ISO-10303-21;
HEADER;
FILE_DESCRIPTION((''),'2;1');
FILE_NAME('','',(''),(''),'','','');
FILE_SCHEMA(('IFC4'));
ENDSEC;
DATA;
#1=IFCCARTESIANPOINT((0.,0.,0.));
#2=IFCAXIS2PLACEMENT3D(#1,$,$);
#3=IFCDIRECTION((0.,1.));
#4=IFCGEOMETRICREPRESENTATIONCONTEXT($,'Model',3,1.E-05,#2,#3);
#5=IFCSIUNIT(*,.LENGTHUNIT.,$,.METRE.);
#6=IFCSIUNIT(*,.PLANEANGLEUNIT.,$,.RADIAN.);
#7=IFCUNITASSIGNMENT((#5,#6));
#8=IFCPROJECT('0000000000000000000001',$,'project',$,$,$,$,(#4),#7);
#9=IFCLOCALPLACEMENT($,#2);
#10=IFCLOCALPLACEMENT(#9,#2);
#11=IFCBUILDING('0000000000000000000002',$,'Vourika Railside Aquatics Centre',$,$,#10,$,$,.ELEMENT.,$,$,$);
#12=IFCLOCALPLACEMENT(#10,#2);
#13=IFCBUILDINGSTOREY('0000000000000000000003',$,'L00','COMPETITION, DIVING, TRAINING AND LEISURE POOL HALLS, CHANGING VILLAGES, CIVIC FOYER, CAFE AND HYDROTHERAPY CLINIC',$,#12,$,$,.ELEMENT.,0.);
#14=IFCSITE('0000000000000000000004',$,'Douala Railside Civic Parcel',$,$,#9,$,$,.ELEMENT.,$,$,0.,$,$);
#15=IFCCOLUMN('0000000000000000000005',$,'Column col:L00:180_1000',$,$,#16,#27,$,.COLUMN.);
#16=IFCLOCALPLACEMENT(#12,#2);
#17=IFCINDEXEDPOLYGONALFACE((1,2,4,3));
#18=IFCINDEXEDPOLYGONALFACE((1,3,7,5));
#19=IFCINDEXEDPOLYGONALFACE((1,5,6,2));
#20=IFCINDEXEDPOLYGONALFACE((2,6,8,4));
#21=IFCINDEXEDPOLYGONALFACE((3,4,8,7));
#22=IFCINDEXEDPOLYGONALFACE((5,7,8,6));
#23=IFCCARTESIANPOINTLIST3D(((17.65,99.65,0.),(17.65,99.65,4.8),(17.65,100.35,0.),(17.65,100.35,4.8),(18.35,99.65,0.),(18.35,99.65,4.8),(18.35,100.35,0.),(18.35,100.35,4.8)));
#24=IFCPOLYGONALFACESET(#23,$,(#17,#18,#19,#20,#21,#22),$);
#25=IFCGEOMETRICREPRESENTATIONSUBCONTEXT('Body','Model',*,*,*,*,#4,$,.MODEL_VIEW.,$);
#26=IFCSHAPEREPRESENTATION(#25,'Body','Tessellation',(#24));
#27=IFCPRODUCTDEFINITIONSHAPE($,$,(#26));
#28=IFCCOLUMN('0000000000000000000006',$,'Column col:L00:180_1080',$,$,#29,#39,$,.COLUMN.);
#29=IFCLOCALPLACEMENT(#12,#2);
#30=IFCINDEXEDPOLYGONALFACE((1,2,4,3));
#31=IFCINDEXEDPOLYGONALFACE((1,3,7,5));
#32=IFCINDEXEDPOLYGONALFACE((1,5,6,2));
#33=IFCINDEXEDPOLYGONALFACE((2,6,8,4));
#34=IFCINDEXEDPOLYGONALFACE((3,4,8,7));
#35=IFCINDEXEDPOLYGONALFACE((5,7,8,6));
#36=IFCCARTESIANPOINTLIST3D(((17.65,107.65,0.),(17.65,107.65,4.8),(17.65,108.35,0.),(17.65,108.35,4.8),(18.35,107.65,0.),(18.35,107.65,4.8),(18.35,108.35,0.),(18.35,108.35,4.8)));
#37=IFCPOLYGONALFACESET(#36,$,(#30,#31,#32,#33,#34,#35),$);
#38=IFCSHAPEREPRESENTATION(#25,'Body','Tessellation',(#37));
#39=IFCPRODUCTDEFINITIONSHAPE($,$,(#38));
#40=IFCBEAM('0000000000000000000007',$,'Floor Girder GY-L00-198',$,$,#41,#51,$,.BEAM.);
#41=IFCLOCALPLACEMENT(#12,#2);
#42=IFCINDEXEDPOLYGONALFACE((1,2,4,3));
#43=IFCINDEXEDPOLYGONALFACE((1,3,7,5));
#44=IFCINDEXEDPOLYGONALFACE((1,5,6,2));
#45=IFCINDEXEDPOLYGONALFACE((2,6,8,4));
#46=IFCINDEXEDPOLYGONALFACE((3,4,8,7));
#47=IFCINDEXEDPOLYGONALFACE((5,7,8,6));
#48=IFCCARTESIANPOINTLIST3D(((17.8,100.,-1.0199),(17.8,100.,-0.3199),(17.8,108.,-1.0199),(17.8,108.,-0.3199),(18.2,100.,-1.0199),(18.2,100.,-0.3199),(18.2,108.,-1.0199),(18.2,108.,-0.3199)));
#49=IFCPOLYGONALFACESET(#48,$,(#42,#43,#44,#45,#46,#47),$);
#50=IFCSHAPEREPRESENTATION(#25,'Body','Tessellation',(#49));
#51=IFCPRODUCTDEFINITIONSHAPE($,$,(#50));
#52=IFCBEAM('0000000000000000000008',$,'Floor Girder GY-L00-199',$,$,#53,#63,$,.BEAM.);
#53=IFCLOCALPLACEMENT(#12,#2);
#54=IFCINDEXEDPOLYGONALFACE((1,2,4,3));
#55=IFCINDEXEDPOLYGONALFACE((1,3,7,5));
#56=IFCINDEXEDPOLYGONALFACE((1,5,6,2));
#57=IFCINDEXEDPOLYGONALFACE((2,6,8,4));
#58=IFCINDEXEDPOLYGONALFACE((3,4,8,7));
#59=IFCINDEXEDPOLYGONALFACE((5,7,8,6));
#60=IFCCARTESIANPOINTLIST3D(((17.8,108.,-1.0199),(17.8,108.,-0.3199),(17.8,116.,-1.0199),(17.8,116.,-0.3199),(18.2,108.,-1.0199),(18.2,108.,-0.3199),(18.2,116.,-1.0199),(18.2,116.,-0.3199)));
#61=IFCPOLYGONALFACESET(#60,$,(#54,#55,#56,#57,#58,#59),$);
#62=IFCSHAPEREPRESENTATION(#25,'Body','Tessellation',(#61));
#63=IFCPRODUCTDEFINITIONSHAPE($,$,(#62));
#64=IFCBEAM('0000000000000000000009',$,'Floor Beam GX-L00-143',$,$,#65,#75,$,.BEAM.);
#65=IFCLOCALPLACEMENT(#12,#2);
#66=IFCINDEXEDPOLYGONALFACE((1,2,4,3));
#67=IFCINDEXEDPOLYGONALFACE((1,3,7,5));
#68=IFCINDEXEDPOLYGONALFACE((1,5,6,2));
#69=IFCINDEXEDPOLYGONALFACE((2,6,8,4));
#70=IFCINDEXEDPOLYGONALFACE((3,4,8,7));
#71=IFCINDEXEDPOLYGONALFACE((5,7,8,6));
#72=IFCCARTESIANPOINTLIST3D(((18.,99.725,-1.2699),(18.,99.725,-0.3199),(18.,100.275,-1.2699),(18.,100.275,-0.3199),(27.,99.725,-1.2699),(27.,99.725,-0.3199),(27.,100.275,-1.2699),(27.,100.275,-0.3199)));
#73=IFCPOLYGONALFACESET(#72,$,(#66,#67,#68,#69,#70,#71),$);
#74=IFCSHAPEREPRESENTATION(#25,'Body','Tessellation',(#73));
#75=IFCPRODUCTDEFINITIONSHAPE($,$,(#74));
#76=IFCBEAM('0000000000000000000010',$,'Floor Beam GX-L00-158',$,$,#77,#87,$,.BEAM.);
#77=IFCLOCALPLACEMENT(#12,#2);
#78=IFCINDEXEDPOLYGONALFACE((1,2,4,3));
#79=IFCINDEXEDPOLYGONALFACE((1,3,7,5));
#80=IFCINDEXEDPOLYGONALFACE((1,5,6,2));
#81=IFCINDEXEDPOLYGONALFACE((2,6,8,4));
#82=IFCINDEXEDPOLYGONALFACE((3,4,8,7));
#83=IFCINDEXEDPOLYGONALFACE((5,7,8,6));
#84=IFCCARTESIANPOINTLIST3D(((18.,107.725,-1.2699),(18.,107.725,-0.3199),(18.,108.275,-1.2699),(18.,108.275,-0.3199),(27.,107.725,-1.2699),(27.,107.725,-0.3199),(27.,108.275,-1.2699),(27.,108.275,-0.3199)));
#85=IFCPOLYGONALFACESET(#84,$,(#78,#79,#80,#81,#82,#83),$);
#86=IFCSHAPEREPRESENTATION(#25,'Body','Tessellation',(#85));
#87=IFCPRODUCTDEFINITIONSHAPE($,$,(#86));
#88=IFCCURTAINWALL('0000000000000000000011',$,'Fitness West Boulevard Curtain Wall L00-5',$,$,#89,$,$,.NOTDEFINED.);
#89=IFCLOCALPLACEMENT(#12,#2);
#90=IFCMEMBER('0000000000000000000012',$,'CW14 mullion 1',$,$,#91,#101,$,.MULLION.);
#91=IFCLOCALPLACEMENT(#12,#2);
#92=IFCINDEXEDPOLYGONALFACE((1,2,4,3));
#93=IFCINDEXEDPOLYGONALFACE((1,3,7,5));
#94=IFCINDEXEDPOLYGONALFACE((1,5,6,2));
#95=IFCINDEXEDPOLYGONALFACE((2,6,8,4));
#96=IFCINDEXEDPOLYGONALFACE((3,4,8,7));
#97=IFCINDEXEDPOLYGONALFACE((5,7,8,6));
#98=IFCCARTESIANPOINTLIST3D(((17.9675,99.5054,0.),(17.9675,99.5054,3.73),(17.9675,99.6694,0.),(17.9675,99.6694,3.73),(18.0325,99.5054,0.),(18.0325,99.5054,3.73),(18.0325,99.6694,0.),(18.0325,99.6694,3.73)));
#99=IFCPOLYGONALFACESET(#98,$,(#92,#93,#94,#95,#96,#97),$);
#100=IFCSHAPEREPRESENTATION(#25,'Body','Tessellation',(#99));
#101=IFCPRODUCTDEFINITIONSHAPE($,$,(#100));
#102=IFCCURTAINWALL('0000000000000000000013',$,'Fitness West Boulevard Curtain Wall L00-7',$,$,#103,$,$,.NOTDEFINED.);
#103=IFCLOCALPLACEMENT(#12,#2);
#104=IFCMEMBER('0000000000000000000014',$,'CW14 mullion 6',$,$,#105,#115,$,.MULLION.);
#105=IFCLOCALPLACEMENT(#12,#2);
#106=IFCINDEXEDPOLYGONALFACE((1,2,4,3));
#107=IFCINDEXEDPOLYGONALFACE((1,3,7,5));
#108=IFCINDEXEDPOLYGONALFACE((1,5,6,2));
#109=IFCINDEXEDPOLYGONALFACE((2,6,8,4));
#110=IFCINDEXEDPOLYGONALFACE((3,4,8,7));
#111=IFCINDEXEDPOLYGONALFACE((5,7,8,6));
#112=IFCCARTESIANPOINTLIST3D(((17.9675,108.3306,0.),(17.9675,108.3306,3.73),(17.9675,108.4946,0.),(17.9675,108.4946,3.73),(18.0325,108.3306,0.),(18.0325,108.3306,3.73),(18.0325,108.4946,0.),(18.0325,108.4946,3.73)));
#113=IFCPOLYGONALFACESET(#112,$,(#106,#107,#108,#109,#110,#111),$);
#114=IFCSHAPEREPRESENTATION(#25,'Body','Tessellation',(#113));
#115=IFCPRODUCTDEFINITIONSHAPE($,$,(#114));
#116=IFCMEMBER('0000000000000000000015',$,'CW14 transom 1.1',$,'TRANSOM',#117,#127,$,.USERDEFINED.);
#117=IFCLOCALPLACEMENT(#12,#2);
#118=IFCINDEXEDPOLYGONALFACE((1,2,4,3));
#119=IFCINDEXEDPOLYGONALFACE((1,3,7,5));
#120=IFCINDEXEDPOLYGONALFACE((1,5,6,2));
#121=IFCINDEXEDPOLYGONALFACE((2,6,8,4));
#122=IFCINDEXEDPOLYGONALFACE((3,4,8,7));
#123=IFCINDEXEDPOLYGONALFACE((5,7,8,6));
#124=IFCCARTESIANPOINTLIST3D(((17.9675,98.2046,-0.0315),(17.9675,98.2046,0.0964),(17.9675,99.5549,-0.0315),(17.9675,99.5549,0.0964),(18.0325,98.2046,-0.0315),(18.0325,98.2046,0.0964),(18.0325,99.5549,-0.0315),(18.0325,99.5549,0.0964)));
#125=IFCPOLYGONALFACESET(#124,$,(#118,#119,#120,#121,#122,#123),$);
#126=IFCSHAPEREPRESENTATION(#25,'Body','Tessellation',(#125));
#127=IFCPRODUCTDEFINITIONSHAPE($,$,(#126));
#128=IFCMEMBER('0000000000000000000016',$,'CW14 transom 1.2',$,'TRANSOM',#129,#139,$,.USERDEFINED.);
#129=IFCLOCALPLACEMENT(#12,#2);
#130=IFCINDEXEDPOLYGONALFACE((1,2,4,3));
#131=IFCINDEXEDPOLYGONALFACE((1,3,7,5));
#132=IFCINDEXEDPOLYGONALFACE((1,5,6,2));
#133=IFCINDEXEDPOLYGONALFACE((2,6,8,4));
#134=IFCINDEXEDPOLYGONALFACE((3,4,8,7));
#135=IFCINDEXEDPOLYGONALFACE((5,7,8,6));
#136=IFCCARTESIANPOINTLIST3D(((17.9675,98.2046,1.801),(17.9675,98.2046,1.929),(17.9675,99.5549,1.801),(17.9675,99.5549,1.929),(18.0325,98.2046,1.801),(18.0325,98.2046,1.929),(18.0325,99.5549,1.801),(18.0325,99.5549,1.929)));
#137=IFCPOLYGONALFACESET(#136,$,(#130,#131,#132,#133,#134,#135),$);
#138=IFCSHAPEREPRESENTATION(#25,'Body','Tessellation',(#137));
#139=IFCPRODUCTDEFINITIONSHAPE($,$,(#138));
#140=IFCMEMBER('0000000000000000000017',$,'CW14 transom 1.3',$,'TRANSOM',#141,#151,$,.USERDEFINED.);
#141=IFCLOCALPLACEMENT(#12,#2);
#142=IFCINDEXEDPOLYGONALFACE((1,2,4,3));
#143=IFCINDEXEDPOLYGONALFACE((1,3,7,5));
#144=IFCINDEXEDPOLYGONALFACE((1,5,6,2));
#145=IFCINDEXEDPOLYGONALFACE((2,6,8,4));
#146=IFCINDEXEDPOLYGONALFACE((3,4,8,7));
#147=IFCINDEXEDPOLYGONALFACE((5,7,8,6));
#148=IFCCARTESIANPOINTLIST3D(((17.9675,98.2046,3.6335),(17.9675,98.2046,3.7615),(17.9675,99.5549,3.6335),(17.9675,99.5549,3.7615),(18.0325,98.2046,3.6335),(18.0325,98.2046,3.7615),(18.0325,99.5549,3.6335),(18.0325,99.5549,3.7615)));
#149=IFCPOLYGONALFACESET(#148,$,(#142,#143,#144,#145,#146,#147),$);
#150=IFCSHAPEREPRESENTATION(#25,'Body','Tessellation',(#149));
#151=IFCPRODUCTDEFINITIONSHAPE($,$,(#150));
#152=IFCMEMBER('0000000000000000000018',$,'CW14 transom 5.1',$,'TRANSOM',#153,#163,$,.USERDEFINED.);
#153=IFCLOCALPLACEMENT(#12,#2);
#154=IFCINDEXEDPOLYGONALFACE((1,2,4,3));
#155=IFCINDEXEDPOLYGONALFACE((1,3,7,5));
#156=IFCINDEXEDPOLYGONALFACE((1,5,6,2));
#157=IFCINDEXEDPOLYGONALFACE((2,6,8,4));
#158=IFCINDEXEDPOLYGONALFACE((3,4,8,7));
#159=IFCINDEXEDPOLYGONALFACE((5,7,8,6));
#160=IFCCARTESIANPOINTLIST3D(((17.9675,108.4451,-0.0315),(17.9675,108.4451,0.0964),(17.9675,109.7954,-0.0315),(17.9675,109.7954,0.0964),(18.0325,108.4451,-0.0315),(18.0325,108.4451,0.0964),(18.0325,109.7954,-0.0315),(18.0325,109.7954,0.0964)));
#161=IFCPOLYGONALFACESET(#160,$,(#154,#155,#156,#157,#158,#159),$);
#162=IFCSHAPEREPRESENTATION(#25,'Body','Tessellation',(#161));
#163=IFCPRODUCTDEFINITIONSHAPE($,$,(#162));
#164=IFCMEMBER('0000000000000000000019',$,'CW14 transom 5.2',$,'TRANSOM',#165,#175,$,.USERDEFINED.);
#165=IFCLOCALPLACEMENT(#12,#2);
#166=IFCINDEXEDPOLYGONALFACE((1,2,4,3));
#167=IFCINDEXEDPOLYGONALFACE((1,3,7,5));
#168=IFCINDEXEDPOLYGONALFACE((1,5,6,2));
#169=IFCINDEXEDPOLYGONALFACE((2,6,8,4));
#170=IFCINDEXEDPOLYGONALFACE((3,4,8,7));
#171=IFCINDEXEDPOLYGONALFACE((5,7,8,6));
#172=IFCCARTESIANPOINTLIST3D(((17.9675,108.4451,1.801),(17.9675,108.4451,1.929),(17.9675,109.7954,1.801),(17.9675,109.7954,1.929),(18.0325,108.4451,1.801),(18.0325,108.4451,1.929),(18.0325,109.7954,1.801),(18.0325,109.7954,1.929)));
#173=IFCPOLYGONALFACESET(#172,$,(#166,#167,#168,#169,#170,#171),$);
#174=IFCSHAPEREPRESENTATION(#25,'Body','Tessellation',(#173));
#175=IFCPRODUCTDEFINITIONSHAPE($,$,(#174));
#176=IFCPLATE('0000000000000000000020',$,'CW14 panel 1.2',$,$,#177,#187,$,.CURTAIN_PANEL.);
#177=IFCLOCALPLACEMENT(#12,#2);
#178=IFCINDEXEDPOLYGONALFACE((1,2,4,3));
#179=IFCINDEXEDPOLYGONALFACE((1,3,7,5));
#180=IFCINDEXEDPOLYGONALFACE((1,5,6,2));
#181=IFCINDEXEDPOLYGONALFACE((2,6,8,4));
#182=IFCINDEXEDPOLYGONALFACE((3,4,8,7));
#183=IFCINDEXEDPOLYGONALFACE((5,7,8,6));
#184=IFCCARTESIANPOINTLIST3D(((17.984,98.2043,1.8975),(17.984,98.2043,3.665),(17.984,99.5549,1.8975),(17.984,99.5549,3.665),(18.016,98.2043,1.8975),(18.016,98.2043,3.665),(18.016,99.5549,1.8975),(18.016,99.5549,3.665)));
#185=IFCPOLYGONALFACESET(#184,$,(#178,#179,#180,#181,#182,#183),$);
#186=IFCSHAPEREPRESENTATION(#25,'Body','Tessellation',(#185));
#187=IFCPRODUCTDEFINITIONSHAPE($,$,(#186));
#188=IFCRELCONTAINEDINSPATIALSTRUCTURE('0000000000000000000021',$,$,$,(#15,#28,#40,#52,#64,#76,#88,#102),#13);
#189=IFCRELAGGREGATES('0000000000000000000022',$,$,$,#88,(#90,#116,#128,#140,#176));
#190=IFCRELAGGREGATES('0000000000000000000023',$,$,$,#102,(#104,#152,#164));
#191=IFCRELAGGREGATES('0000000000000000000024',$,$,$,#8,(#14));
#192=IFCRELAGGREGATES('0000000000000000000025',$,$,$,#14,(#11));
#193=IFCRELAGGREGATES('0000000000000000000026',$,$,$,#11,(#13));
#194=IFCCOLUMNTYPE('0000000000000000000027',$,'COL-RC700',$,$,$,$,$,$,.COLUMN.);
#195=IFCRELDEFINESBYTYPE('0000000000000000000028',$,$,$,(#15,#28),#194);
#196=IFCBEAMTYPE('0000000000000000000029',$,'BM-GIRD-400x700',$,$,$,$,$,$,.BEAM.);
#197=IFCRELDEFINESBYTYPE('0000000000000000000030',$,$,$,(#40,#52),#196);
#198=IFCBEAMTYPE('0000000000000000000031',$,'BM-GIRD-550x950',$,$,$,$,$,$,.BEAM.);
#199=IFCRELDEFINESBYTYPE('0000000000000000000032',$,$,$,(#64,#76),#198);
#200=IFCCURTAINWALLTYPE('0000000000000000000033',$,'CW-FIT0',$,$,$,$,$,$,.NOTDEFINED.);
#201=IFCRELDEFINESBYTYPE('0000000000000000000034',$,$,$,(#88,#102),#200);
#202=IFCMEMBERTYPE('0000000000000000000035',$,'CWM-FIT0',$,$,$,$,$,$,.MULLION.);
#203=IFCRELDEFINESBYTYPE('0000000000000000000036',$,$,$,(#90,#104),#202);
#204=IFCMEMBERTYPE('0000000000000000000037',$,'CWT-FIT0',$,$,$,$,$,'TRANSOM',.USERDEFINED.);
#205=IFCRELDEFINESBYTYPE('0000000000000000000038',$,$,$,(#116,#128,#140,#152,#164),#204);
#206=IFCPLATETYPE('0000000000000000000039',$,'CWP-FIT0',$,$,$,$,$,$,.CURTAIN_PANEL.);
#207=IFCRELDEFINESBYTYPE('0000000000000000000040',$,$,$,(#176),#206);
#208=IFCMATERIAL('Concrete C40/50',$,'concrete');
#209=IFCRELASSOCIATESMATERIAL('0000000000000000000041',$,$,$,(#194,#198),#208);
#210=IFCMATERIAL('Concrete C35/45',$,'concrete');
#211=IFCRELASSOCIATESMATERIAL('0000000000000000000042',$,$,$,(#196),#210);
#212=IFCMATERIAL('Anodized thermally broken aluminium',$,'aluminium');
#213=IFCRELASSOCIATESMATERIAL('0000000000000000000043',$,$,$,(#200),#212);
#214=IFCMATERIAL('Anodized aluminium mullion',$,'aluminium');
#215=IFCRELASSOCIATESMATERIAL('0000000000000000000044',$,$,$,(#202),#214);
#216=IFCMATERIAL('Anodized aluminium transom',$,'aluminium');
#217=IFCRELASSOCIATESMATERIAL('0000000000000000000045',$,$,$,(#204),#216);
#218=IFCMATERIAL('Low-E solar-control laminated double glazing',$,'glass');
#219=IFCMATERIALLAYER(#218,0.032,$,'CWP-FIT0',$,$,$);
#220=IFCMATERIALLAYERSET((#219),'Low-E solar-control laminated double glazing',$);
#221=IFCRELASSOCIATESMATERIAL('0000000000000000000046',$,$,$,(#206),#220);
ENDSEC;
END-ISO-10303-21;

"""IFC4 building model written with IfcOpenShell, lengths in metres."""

from ifc_helpers import new_model, si_unit, direction, frame, origin, origin_2d, place, context, subcontext, project, spatial, rectangle, extrude, material, layer, layer_set, material_profile, profile_set, type_object, element, aggregate, save


model = new_model("IFC4")

# Units and contexts
model_context = context("Model", 3, precision=1e-05, world=origin(), true_north=direction((0.0, 1.0)))
body_context = subcontext(model_context, "Body", "Model", "MODEL_VIEW")
ifc_project = project(units=[si_unit("LENGTHUNIT", "METRE"), si_unit("PLANEANGLEUNIT", "RADIAN")], contexts=[model_context])

# Site, building, storey
site_placement = place(None, origin())
site = spatial("IfcSite", under=ifc_project, at=site_placement, Name="Douala Railside Civic Parcel", CompositionType="ELEMENT", RefElevation=0.0)
building_placement = place(site_placement, origin())
building = spatial("IfcBuilding", under=site, at=building_placement, Name="Vourika Railside Aquatics Centre", CompositionType="ELEMENT")
storey_placement = place(building_placement, origin())
storey = spatial("IfcBuildingStorey", under=building, at=storey_placement, Name="L00", Description="COMPETITION, DIVING, TRAINING AND LEISURE POOL HALLS, CHANGING VILLAGES, CIVIC FOYER, CAFE AND HYDROTHERAPY CLINIC", CompositionType="ELEMENT", Elevation=0.0)

# Columns
ifc_material_1 = material(Name="Concrete C40/50", Category="concrete")
ifc_material_profile_1 = material_profile(ifc_material_1, rectangle(XDim=0.7, YDim=0.7, at=origin_2d()), Name="RC 700x700")
ifc_profile_set_1 = profile_set([ifc_material_profile_1], Name="Concrete C40/50")
column_type = type_object("IfcColumnType", Name="COL-RC700", PredefinedType="COLUMN", material=ifc_profile_set_1)
for number, where, z_axis, x_axis, name in (
    (1, (18.0, 100.0, 0.0), (0.0, 0.0, 1.0), (1.0, 0.0, 0.0), "Column col:L00:180_1000"),
    (2, (18.0, 108.0, 0.0), (0.0, 0.0, 1.0), (1.0, 0.0, 0.0), "Column col:L00:180_1080"),
):
    element("IfcColumn", number, at=place(storey_placement, frame(where, z_axis=z_axis, x_axis=x_axis)), inside=storey, type_object=column_type, Name=name, PredefinedType="COLUMN", context=body_context, shape_type="SweptSolid", body=[
        extrude(rectangle(XDim=0.7, YDim=0.7, at=origin_2d()), origin(), (0.0, 0.0, 1.0), 4.8),
    ])

# Beams
ifc_material_2 = material(Name="Concrete C35/45", Category="concrete")
ifc_material_profile_2 = material_profile(ifc_material_2, rectangle(XDim=0.3999, YDim=0.7, at=origin_2d()), Name="RC 400x700")
ifc_profile_set_2 = profile_set([ifc_material_profile_2], Name="Concrete C35/45")
beam_type_1 = type_object("IfcBeamType", Name="BM-GIRD-400x700", PredefinedType="BEAM", material=ifc_profile_set_2)
for number, where, z_axis, x_axis, name in (
    (3, (18.0, 100.0, -0.6699), (0.0, 1.0, 0.0), (-1.0, 0.0, 0.0), "Floor Girder GY-L00-198"),
    (4, (18.0, 108.0, -0.6699), (0.0, 1.0, 0.0), (-1.0, 0.0, 0.0), "Floor Girder GY-L00-199"),
):
    element("IfcBeam", number, at=place(storey_placement, frame(where, z_axis=z_axis, x_axis=x_axis)), inside=storey, type_object=beam_type_1, Name=name, PredefinedType="BEAM", context=body_context, shape_type="SweptSolid", body=[
        extrude(rectangle(XDim=0.3999, YDim=0.7, at=origin_2d()), origin(), (0.0, 0.0, 1.0), 8.0),
    ])
ifc_material_profile_3 = material_profile(ifc_material_1, rectangle(XDim=0.55, YDim=0.95, at=origin_2d()), Name="RC 550x950")
ifc_profile_set_3 = profile_set([ifc_material_profile_3], Name="Concrete C40/50")
beam_type_2 = type_object("IfcBeamType", Name="BM-GIRD-550x950", PredefinedType="BEAM", material=ifc_profile_set_3)
for number, where, z_axis, x_axis, name in (
    (5, (18.0, 100.0, -0.7949), (1.0, 0.0, 0.0), (0.0, 1.0, 0.0), "Floor Beam GX-L00-143"),
    (6, (18.0, 108.0, -0.7949), (1.0, 0.0, 0.0), (0.0, 1.0, 0.0), "Floor Beam GX-L00-158"),
):
    element("IfcBeam", number, at=place(storey_placement, frame(where, z_axis=z_axis, x_axis=x_axis)), inside=storey, type_object=beam_type_2, Name=name, PredefinedType="BEAM", context=body_context, shape_type="SweptSolid", body=[
        extrude(rectangle(XDim=0.55, YDim=0.95, at=origin_2d()), origin(), (0.0, 0.0, 1.0), 9.0),
    ])

# Curtain walls, members
ifc_material_3 = material(Name="Anodized thermally broken aluminium", Category="aluminium")
curtain_wall_type = type_object("IfcCurtainWallType", Name="CW-FIT0", PredefinedType="NOTDEFINED", material=ifc_material_3)
curtain_wall_1_placement = place(storey_placement, origin())
curtain_wall_1 = element("IfcCurtainWall", 7, at=curtain_wall_1_placement, inside=storey, type_object=curtain_wall_type, Name="Fitness West Boulevard Curtain Wall L00-5", PredefinedType="NOTDEFINED")
ifc_material_4 = material(Name="Anodized aluminium mullion", Category="aluminium")
ifc_material_profile_4 = material_profile(ifc_material_4, rectangle(XDim=0.0649, YDim=0.1641, at=origin_2d()), Name="ALU-M 65x164")
ifc_profile_set_4 = profile_set([ifc_material_profile_4], Name="Anodized aluminium mullion")
member_type_1 = type_object("IfcMemberType", Name="CWM-FIT0", PredefinedType="MULLION", material=ifc_profile_set_4)
member_1_placement = place(storey_placement, frame((18.0, 99.5874, 0.0), z_axis=(0.0, 0.0, 1.0), x_axis=(1.0, 0.0, 0.0)))
member_1 = element("IfcMember", 8, at=member_1_placement, type_object=member_type_1, Name="CW14 mullion 1", PredefinedType="MULLION", context=body_context, shape_type="SweptSolid", body=[
    extrude(rectangle(XDim=0.0649, YDim=0.1641, at=origin_2d()), origin(), (0.0, 0.0, 1.0), 3.73),
])
curtain_wall_2_placement = place(storey_placement, origin())
curtain_wall_2 = element("IfcCurtainWall", 9, at=curtain_wall_2_placement, inside=storey, type_object=curtain_wall_type, Name="Fitness West Boulevard Curtain Wall L00-7", PredefinedType="NOTDEFINED")
member_2_placement = place(storey_placement, frame((18.0, 108.4126, 0.0), z_axis=(0.0, 0.0, 1.0), x_axis=(1.0, 0.0, 0.0)))
member_2 = element("IfcMember", 10, at=member_2_placement, type_object=member_type_1, Name="CW14 mullion 6", PredefinedType="MULLION", context=body_context, shape_type="SweptSolid", body=[
    extrude(rectangle(XDim=0.0649, YDim=0.1641, at=origin_2d()), origin(), (0.0, 0.0, 1.0), 3.73),
])

# Members
ifc_material_5 = material(Name="Anodized aluminium transom", Category="aluminium")
ifc_material_profile_5 = material_profile(ifc_material_5, rectangle(XDim=0.0649, YDim=0.1279, at=origin_2d()), Name="ALU-T 65x128")
ifc_profile_set_5 = profile_set([ifc_material_profile_5], Name="Anodized aluminium transom")
member_type_2 = type_object("IfcMemberType", Name="CWT-FIT0", ElementType="TRANSOM", PredefinedType="USERDEFINED", material=ifc_profile_set_5)
member_3_placement = place(storey_placement, frame((18.0, 99.5549, 0.0325), z_axis=(0.0, -1.0, 0.0), x_axis=(1.0, 0.0, 0.0)))
member_3 = element("IfcMember", 11, at=member_3_placement, type_object=member_type_2, Name="CW14 transom 1.1", ObjectType="TRANSOM", PredefinedType="USERDEFINED", context=body_context, shape_type="SweptSolid", body=[
    extrude(rectangle(XDim=0.0649, YDim=0.1279, at=origin_2d()), origin(), (0.0, 0.0, 1.0), 1.3503),
])
member_4_placement = place(storey_placement, frame((18.0, 99.5549, 1.865), z_axis=(0.0, -1.0, 0.0), x_axis=(1.0, 0.0, 0.0)))
member_4 = element("IfcMember", 12, at=member_4_placement, type_object=member_type_2, Name="CW14 transom 1.2", ObjectType="TRANSOM", PredefinedType="USERDEFINED", context=body_context, shape_type="SweptSolid", body=[
    extrude(rectangle(XDim=0.0649, YDim=0.1279, at=origin_2d()), origin(), (0.0, 0.0, 1.0), 1.3503),
])
member_5_placement = place(storey_placement, frame((18.0, 99.5549, 3.6975), z_axis=(0.0, -1.0, 0.0), x_axis=(1.0, 0.0, 0.0)))
member_5 = element("IfcMember", 13, at=member_5_placement, type_object=member_type_2, Name="CW14 transom 1.3", ObjectType="TRANSOM", PredefinedType="USERDEFINED", context=body_context, shape_type="SweptSolid", body=[
    extrude(rectangle(XDim=0.0649, YDim=0.1279, at=origin_2d()), origin(), (0.0, 0.0, 1.0), 1.3503),
])
member_6_placement = place(storey_placement, frame((18.0, 109.7954, 0.0325), z_axis=(0.0, -1.0, 0.0), x_axis=(1.0, 0.0, 0.0)))
member_6 = element("IfcMember", 14, at=member_6_placement, type_object=member_type_2, Name="CW14 transom 5.1", ObjectType="TRANSOM", PredefinedType="USERDEFINED", context=body_context, shape_type="SweptSolid", body=[
    extrude(rectangle(XDim=0.0649, YDim=0.1279, at=origin_2d()), origin(), (0.0, 0.0, 1.0), 1.3503),
])
member_7_placement = place(storey_placement, frame((18.0, 109.7954, 1.865), z_axis=(0.0, -1.0, 0.0), x_axis=(1.0, 0.0, 0.0)))
member_7 = element("IfcMember", 15, at=member_7_placement, type_object=member_type_2, Name="CW14 transom 5.2", ObjectType="TRANSOM", PredefinedType="USERDEFINED", context=body_context, shape_type="SweptSolid", body=[
    extrude(rectangle(XDim=0.0649, YDim=0.1279, at=origin_2d()), origin(), (0.0, 0.0, 1.0), 1.3503),
])

# Plate
ifc_material_6 = material(Name="Low-E solar-control laminated double glazing", Category="glass")
ifc_layer_1 = layer(ifc_material_6, 0.032, Name="CWP-FIT0")
ifc_layer_set_1 = layer_set([ifc_layer_1], Name="Low-E solar-control laminated double glazing")
plate_type = type_object("IfcPlateType", Name="CWP-FIT0", PredefinedType="CURTAIN_PANEL", material=ifc_layer_set_1)
plate_1_placement = place(storey_placement, frame((18.0, 98.8796, 1.8975), z_axis=(0.0, 0.0, 1.0), x_axis=(0.0, -1.0, 0.0)))
plate_1 = element("IfcPlate", 16, at=plate_1_placement, type_object=plate_type, Name="CW14 panel 1.2", PredefinedType="CURTAIN_PANEL", context=body_context, shape_type="SweptSolid", body=[
    extrude(rectangle(XDim=1.3506, YDim=0.032, at=origin_2d()), origin(), (0.0, 0.0, 1.0), 1.7676),
])
aggregate(curtain_wall_1, [member_1, member_3, member_4, member_5, plate_1])
aggregate(curtain_wall_2, [member_2, member_6, member_7])

save(model, "model.ifc")
